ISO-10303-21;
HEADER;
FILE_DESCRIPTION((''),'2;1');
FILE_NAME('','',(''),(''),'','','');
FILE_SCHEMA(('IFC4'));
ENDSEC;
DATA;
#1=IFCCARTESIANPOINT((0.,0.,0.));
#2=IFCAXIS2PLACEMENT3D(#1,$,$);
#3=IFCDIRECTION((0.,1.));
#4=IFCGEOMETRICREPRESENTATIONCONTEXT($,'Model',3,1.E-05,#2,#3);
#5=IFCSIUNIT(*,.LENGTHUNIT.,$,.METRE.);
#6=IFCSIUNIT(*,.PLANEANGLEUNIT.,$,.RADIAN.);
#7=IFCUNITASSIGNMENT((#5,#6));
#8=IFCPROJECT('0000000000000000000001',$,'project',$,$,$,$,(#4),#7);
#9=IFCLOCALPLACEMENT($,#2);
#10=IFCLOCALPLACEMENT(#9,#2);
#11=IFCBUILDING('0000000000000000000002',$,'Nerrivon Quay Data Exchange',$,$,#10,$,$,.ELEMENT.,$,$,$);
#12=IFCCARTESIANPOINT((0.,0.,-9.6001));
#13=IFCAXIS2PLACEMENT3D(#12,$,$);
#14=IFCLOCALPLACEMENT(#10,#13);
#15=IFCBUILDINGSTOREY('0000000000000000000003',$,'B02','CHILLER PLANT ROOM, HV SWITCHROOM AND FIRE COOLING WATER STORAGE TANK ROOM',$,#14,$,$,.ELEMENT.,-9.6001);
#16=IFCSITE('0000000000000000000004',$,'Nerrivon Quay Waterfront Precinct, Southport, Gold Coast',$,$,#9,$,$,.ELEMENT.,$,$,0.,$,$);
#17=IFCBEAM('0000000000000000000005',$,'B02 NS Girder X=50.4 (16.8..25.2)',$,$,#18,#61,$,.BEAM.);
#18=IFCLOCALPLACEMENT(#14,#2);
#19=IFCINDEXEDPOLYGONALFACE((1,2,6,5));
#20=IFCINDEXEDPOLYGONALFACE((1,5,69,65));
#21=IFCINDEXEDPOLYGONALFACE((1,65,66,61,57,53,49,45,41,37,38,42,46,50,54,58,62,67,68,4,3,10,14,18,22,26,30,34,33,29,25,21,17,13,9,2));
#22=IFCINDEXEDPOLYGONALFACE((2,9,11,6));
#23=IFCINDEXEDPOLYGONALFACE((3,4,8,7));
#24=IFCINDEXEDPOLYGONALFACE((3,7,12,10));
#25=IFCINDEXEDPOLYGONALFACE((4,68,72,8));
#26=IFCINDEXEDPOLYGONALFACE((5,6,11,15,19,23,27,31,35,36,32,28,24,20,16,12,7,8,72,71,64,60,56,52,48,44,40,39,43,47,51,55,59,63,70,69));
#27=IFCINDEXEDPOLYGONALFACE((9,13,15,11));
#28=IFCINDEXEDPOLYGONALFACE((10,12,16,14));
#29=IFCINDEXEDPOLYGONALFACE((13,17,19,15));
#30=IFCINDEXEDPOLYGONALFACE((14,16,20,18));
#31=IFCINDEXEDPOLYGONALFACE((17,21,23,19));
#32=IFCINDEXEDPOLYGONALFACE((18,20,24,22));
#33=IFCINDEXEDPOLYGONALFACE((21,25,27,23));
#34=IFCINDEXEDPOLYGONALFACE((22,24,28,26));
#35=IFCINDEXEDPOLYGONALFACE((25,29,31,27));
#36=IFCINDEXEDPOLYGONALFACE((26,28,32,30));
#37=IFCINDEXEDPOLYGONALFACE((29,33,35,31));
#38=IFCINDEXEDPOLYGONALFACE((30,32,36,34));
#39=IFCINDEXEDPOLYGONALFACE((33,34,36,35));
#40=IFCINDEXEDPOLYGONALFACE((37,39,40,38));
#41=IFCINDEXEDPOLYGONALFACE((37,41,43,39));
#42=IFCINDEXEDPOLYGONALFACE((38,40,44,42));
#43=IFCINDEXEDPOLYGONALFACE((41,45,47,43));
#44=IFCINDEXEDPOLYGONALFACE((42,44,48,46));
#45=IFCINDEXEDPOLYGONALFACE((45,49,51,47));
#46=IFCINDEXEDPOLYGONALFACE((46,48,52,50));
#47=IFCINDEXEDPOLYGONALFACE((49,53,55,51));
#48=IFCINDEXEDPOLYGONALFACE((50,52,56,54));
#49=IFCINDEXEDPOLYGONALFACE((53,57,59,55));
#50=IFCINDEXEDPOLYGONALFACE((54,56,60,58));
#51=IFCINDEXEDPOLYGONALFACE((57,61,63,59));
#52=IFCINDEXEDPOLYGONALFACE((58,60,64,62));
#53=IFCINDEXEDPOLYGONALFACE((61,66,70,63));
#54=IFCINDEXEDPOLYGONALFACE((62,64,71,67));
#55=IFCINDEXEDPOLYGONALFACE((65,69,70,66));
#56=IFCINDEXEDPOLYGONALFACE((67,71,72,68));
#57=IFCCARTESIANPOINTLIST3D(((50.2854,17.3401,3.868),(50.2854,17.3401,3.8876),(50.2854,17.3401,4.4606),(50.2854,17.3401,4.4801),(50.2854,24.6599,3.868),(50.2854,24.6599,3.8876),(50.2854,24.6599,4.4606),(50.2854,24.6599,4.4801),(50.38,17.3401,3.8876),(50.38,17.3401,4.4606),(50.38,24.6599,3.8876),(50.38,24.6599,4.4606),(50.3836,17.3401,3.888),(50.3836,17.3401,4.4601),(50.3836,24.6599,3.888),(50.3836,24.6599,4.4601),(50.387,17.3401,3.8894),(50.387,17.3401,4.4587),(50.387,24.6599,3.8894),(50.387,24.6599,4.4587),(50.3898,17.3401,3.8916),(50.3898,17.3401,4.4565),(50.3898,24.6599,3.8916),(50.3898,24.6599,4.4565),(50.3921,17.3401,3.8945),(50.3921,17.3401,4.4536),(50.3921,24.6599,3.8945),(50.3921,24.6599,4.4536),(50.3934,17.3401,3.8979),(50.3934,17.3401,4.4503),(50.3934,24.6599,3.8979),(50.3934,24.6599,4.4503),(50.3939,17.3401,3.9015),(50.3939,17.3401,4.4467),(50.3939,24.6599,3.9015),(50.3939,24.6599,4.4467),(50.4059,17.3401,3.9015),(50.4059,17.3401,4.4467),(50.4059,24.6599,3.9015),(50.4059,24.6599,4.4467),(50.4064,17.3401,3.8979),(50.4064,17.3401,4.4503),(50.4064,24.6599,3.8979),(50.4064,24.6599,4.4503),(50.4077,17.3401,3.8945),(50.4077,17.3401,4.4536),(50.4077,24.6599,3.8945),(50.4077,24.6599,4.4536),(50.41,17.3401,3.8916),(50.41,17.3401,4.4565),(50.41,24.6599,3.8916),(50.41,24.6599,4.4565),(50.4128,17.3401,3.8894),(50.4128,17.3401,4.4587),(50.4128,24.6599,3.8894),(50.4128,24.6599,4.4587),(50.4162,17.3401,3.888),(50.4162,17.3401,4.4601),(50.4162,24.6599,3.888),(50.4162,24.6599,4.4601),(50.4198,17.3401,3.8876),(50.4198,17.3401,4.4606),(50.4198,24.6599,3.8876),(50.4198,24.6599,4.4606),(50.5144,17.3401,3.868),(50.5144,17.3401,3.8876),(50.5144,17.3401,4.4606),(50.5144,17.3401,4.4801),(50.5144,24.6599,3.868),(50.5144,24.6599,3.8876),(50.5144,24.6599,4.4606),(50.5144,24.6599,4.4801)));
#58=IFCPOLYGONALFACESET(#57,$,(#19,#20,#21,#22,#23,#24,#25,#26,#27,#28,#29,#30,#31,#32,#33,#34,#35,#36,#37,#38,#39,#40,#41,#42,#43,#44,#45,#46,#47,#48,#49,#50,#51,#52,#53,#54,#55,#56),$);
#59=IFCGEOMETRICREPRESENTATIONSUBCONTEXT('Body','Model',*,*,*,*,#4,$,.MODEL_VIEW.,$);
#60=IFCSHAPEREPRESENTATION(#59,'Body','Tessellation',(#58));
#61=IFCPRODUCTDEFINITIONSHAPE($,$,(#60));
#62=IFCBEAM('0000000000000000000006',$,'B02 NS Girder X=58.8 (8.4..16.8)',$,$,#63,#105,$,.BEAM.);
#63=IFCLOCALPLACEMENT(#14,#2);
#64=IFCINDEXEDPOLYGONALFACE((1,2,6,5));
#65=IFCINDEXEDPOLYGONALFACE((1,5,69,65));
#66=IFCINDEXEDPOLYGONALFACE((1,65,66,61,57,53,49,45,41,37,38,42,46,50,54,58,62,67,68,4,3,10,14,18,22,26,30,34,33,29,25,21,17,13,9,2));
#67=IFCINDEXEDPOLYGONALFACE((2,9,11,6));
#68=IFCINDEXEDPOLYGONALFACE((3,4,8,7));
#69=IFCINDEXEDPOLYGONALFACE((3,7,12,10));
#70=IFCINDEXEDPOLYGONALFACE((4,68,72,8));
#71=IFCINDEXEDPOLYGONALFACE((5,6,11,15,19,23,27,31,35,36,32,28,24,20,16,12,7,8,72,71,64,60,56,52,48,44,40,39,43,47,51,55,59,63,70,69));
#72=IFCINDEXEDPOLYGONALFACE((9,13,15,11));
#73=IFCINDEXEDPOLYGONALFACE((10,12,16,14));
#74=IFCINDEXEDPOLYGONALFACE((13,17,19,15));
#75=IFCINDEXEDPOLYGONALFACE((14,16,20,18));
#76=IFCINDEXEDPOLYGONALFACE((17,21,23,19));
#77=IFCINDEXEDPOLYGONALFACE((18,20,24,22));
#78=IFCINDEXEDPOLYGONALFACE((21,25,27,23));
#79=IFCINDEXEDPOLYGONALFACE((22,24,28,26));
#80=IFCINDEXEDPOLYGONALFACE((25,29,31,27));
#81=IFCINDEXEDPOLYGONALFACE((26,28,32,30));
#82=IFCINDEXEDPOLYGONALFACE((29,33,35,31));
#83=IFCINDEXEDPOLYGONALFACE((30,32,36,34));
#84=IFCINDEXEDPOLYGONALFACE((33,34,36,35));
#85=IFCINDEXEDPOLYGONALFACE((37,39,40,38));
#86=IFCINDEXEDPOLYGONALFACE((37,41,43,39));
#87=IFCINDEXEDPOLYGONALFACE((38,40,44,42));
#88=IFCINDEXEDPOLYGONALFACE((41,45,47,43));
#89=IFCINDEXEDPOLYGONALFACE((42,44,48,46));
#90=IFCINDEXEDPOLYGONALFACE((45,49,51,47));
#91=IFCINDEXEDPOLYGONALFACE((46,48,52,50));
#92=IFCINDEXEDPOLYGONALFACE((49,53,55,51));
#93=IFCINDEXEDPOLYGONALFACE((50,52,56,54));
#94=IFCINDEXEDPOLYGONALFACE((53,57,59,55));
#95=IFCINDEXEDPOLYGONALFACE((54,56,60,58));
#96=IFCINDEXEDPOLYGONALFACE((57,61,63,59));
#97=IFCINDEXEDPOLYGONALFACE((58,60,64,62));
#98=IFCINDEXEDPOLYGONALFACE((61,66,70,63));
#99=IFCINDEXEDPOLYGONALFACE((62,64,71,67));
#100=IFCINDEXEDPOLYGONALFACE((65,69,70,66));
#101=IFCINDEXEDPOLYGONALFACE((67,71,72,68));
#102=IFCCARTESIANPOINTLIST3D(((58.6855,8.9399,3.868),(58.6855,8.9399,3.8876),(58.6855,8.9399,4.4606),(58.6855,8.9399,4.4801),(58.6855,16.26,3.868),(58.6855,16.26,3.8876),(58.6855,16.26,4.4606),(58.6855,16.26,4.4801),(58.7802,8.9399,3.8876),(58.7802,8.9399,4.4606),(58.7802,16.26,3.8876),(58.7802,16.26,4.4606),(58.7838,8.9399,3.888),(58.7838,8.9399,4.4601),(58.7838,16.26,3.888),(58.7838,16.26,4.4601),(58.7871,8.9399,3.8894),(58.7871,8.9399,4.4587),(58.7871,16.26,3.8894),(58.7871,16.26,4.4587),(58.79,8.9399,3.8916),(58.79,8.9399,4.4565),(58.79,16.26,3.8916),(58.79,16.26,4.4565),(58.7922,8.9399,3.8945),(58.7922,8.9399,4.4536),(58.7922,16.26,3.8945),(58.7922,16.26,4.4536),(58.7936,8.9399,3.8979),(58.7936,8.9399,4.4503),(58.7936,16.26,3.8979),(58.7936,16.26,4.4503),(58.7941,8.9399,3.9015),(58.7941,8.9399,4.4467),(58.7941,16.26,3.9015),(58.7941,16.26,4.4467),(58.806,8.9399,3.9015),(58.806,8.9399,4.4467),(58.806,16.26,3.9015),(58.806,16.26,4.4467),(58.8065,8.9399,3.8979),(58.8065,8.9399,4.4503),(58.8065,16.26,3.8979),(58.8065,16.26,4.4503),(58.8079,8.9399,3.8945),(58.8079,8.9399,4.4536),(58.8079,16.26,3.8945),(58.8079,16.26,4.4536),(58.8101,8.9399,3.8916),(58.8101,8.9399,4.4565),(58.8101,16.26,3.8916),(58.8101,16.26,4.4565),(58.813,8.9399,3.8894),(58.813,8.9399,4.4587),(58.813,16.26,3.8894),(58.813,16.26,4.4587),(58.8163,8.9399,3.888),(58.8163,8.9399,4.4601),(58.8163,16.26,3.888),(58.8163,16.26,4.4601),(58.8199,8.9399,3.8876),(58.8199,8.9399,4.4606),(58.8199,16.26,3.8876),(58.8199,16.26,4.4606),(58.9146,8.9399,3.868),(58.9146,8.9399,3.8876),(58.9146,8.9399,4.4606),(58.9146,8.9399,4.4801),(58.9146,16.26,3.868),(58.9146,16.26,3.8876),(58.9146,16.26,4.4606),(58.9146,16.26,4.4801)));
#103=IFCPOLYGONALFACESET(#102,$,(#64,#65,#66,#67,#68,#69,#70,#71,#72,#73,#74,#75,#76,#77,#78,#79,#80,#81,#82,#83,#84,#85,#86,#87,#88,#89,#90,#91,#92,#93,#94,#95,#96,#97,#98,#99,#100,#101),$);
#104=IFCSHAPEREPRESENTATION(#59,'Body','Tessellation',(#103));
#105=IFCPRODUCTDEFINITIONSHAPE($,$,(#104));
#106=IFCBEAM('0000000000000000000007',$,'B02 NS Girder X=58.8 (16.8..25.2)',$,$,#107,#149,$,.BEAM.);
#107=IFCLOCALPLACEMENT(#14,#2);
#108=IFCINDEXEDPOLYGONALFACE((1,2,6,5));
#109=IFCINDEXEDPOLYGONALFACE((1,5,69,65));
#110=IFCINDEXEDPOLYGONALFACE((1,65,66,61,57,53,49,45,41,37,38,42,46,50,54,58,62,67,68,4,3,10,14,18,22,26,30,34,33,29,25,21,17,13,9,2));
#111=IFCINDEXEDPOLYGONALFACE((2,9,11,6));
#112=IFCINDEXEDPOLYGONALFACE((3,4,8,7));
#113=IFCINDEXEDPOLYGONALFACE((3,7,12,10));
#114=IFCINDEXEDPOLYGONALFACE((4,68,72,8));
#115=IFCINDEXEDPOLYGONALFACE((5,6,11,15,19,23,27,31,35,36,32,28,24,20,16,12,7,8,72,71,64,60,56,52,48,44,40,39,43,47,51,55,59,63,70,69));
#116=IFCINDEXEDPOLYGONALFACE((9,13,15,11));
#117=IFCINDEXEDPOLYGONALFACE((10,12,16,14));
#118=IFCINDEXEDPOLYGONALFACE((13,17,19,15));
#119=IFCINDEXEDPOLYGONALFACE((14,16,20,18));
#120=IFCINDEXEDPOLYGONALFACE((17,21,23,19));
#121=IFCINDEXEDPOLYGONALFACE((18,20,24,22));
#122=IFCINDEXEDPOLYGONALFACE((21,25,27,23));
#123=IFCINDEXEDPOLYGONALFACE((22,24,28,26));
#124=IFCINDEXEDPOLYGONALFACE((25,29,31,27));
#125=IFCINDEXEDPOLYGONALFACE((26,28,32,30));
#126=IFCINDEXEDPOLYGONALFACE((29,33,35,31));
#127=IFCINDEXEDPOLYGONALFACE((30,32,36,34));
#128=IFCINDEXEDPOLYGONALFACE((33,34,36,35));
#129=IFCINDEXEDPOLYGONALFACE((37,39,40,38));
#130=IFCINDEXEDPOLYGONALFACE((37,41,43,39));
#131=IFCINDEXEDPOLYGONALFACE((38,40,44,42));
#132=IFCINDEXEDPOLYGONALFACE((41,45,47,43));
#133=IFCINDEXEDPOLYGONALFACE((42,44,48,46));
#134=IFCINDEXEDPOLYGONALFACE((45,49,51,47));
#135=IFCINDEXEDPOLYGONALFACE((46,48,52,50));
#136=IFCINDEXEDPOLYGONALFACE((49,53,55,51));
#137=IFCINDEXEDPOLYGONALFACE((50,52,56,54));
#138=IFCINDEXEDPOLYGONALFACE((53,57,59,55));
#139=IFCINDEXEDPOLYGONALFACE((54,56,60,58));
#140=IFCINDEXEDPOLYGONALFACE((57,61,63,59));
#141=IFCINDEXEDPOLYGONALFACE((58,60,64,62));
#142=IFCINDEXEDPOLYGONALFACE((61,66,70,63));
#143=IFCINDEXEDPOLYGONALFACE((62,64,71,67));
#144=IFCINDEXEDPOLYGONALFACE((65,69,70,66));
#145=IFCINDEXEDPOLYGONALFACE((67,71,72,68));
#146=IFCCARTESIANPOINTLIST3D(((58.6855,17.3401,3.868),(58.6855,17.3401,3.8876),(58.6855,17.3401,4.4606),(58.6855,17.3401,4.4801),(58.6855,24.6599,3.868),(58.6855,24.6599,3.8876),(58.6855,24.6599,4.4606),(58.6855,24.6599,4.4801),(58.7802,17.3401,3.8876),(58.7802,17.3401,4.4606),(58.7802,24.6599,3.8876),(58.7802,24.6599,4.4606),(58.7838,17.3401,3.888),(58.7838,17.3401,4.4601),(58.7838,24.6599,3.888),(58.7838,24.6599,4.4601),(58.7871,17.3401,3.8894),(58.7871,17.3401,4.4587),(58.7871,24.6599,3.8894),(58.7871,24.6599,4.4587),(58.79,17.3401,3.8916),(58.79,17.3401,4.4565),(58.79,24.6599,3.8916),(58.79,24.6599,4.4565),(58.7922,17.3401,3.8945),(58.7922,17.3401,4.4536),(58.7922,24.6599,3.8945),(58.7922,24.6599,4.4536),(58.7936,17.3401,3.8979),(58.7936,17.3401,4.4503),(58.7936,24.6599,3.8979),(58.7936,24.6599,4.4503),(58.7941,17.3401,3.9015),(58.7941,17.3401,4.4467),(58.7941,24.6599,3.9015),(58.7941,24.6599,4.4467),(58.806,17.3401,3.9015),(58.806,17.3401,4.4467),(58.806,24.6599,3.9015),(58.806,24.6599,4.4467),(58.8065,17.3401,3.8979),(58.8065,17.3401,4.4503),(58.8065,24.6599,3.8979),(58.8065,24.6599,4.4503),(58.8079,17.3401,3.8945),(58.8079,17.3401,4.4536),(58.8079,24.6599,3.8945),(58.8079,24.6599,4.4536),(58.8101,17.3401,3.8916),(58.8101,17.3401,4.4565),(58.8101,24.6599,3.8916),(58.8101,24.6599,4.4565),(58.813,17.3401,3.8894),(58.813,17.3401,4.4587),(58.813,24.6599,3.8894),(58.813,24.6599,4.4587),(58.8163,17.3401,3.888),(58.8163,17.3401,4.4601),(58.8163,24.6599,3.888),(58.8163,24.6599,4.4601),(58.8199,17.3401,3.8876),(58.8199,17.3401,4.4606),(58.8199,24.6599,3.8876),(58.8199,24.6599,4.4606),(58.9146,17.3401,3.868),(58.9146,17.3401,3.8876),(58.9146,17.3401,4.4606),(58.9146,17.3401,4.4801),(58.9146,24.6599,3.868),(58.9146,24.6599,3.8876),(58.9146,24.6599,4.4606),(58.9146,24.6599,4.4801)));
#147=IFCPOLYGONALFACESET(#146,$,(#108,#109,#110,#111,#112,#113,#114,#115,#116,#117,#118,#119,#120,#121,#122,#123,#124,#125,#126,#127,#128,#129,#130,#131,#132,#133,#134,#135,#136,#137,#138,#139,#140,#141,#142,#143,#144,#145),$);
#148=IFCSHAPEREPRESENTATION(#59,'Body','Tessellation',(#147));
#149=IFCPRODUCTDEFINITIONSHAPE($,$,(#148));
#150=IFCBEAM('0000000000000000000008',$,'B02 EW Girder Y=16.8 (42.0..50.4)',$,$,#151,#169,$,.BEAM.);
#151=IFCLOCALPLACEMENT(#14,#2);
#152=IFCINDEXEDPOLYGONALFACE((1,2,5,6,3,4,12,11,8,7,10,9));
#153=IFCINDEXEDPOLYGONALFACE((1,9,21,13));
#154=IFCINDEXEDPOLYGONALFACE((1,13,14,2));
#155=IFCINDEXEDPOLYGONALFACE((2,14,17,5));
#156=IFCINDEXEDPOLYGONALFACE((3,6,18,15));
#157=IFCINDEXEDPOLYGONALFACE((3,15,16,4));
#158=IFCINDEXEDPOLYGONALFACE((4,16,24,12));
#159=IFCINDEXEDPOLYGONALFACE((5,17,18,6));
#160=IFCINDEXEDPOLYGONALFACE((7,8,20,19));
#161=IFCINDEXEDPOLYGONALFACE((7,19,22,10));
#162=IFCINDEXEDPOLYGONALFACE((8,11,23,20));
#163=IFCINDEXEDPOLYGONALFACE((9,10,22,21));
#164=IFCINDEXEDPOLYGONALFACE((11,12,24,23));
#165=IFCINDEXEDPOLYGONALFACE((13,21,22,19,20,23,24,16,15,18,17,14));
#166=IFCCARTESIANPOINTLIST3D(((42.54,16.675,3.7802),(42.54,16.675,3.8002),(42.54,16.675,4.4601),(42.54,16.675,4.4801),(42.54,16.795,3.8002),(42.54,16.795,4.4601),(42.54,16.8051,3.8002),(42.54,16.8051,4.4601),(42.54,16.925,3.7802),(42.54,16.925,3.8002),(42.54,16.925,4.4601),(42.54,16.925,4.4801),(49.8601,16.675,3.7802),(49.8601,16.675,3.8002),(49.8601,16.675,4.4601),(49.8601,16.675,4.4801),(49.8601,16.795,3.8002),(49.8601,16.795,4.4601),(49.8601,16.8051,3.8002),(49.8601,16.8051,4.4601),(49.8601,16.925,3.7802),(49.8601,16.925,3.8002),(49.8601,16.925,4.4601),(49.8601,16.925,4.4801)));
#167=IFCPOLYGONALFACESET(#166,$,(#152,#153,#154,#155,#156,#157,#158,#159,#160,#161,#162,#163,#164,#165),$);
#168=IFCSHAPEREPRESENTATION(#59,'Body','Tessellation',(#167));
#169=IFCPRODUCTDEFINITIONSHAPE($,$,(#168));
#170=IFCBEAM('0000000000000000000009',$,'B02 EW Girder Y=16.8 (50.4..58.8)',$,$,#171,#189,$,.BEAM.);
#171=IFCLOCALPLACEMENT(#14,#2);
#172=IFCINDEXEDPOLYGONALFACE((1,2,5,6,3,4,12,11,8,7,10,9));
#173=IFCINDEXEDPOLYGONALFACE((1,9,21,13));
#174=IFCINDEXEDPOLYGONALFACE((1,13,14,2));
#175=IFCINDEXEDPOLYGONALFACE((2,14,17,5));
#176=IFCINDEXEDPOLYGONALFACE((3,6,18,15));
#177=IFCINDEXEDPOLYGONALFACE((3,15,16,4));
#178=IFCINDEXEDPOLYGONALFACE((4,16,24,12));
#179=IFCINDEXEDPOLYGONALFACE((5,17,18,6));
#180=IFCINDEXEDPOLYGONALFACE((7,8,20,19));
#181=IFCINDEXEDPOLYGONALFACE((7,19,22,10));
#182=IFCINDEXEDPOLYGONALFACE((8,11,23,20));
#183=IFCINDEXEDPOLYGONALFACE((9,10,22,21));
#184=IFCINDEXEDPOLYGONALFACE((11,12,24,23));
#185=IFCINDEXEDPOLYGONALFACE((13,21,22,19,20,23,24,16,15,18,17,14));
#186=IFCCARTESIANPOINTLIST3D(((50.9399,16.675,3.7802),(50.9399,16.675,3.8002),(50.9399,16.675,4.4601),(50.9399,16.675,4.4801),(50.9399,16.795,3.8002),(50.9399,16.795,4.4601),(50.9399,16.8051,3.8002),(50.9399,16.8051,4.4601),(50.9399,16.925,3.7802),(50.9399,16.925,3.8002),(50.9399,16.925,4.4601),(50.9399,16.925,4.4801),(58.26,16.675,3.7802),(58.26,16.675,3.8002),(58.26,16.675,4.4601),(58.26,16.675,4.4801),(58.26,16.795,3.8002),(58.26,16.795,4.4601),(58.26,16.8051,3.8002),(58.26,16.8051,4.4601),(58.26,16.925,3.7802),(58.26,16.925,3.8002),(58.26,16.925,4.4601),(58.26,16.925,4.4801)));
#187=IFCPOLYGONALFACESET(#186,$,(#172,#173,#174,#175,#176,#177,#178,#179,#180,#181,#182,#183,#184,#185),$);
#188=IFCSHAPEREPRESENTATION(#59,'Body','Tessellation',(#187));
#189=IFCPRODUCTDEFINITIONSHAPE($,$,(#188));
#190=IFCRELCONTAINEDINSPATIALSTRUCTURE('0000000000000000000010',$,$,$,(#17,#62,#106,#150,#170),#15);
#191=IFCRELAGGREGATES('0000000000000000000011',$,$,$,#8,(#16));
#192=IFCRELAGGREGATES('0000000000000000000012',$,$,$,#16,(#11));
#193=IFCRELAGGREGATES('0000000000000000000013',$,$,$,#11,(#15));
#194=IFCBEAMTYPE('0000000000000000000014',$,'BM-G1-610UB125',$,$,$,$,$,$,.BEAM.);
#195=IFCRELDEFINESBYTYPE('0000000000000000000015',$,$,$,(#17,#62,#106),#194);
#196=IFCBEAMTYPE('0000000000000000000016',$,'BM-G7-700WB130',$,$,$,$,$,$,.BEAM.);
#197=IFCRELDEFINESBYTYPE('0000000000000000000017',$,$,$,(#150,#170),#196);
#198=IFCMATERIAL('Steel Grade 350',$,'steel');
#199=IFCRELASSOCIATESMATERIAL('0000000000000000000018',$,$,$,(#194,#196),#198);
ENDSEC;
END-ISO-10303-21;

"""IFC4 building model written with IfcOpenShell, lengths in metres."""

from ifc_helpers import new_model, si_unit, direction, frame, origin, origin_2d, place, context, subcontext, project, spatial, i_section, extrude, material, material_profile, profile_set, type_object, element, save


model = new_model("IFC4")

# Units and contexts
model_context = context("Model", 3, precision=1e-05, world=origin(), true_north=direction((0.0, 1.0)))
body_context = subcontext(model_context, "Body", "Model", "MODEL_VIEW")
ifc_project = project(units=[si_unit("LENGTHUNIT", "METRE"), si_unit("PLANEANGLEUNIT", "RADIAN")], contexts=[model_context])

# Site, building, storey
site_placement = place(None, origin())
site = spatial("IfcSite", under=ifc_project, at=site_placement, Name="Nerrivon Quay Waterfront Precinct, Southport, Gold Coast", CompositionType="ELEMENT", RefElevation=0.0)
building_placement = place(site_placement, origin())
building = spatial("IfcBuilding", under=site, at=building_placement, Name="Nerrivon Quay Data Exchange", CompositionType="ELEMENT")
storey_placement = place(building_placement, frame((0.0, 0.0, -9.6001)))
storey = spatial("IfcBuildingStorey", under=building, at=storey_placement, Name="B02", Description="CHILLER PLANT ROOM, HV SWITCHROOM AND FIRE COOLING WATER STORAGE TANK ROOM", CompositionType="ELEMENT", Elevation=-9.6001)

# Beams
ifc_material_1 = material(Name="Steel Grade 350", Category="steel")
ifc_material_profile_1 = material_profile(ifc_material_1, i_section(OverallWidth=0.229, OverallDepth=0.6121, WebThickness=0.012, FlangeThickness=0.0195, FilletRadius=0.0139, at=origin_2d()), Name="610UB125")
ifc_profile_set_1 = profile_set([ifc_material_profile_1], Name="Steel Grade 350")
beam_type_1 = type_object("IfcBeamType", Name="BM-G1-610UB125", PredefinedType="BEAM", material=ifc_profile_set_1)
beam_1_placement = place(storey_placement, frame((50.3999, 17.3401, 4.1741), z_axis=(0.0, 1.0, 0.0), x_axis=(-1.0, 0.0, 0.0)))
element("IfcBeam", 1, at=beam_1_placement, inside=storey, type_object=beam_type_1, Name="B02 NS Girder X=50.4 (16.8..25.2)", PredefinedType="BEAM", context=body_context, shape_type="SweptSolid", body=[
    extrude(i_section(OverallWidth=0.229, OverallDepth=0.6121, WebThickness=0.012, FlangeThickness=0.0195, FilletRadius=0.0139, at=origin_2d()), origin(), (0.0, 0.0, 1.0), 7.3198),
])
beam_2_placement = place(storey_placement, frame((58.8, 8.9399, 4.1741), z_axis=(0.0, 1.0, 0.0), x_axis=(-1.0, 0.0, 0.0)))
element("IfcBeam", 2, at=beam_2_placement, inside=storey, type_object=beam_type_1, Name="B02 NS Girder X=58.8 (8.4..16.8)", PredefinedType="BEAM", context=body_context, shape_type="SweptSolid", body=[
    extrude(i_section(OverallWidth=0.229, OverallDepth=0.6121, WebThickness=0.012, FlangeThickness=0.0195, FilletRadius=0.0139, at=origin_2d()), origin(), (0.0, 0.0, 1.0), 7.3201),
])
beam_3_placement = place(storey_placement, frame((58.8, 17.3401, 4.1741), z_axis=(0.0, 1.0, 0.0), x_axis=(-1.0, 0.0, 0.0)))
element("IfcBeam", 3, at=beam_3_placement, inside=storey, type_object=beam_type_1, Name="B02 NS Girder X=58.8 (16.8..25.2)", PredefinedType="BEAM", context=body_context, shape_type="SweptSolid", body=[
    extrude(i_section(OverallWidth=0.229, OverallDepth=0.6121, WebThickness=0.012, FlangeThickness=0.0195, FilletRadius=0.0139, at=origin_2d()), origin(), (0.0, 0.0, 1.0), 7.3198),
])
ifc_material_profile_2 = material_profile(ifc_material_1, i_section(OverallWidth=0.25, OverallDepth=0.7, WebThickness=0.01, FlangeThickness=0.02, at=origin_2d()), Name="700WB130")
ifc_profile_set_2 = profile_set([ifc_material_profile_2], Name="Steel Grade 350")
beam_type_2 = type_object("IfcBeamType", Name="BM-G7-700WB130", PredefinedType="BEAM", material=ifc_profile_set_2)
for number, where, z_axis, x_axis, name in (
    (4, (42.54, 16.8, 4.1301), (1.0, 0.0, 0.0), (0.0, 1.0, 0.0), "B02 EW Girder Y=16.8 (42.0..50.4)"),
    (5, (50.9399, 16.8, 4.1301), (1.0, 0.0, 0.0), (0.0, 1.0, 0.0), "B02 EW Girder Y=16.8 (50.4..58.8)"),
):
    element("IfcBeam", number, at=place(storey_placement, frame(where, z_axis=z_axis, x_axis=x_axis)), inside=storey, type_object=beam_type_2, Name=name, PredefinedType="BEAM", context=body_context, shape_type="SweptSolid", body=[
        extrude(i_section(OverallWidth=0.25, OverallDepth=0.7, WebThickness=0.01, FlangeThickness=0.02, at=origin_2d()), origin(), (0.0, 0.0, 1.0), 7.3201),
    ])

save(model, "model.ifc")
